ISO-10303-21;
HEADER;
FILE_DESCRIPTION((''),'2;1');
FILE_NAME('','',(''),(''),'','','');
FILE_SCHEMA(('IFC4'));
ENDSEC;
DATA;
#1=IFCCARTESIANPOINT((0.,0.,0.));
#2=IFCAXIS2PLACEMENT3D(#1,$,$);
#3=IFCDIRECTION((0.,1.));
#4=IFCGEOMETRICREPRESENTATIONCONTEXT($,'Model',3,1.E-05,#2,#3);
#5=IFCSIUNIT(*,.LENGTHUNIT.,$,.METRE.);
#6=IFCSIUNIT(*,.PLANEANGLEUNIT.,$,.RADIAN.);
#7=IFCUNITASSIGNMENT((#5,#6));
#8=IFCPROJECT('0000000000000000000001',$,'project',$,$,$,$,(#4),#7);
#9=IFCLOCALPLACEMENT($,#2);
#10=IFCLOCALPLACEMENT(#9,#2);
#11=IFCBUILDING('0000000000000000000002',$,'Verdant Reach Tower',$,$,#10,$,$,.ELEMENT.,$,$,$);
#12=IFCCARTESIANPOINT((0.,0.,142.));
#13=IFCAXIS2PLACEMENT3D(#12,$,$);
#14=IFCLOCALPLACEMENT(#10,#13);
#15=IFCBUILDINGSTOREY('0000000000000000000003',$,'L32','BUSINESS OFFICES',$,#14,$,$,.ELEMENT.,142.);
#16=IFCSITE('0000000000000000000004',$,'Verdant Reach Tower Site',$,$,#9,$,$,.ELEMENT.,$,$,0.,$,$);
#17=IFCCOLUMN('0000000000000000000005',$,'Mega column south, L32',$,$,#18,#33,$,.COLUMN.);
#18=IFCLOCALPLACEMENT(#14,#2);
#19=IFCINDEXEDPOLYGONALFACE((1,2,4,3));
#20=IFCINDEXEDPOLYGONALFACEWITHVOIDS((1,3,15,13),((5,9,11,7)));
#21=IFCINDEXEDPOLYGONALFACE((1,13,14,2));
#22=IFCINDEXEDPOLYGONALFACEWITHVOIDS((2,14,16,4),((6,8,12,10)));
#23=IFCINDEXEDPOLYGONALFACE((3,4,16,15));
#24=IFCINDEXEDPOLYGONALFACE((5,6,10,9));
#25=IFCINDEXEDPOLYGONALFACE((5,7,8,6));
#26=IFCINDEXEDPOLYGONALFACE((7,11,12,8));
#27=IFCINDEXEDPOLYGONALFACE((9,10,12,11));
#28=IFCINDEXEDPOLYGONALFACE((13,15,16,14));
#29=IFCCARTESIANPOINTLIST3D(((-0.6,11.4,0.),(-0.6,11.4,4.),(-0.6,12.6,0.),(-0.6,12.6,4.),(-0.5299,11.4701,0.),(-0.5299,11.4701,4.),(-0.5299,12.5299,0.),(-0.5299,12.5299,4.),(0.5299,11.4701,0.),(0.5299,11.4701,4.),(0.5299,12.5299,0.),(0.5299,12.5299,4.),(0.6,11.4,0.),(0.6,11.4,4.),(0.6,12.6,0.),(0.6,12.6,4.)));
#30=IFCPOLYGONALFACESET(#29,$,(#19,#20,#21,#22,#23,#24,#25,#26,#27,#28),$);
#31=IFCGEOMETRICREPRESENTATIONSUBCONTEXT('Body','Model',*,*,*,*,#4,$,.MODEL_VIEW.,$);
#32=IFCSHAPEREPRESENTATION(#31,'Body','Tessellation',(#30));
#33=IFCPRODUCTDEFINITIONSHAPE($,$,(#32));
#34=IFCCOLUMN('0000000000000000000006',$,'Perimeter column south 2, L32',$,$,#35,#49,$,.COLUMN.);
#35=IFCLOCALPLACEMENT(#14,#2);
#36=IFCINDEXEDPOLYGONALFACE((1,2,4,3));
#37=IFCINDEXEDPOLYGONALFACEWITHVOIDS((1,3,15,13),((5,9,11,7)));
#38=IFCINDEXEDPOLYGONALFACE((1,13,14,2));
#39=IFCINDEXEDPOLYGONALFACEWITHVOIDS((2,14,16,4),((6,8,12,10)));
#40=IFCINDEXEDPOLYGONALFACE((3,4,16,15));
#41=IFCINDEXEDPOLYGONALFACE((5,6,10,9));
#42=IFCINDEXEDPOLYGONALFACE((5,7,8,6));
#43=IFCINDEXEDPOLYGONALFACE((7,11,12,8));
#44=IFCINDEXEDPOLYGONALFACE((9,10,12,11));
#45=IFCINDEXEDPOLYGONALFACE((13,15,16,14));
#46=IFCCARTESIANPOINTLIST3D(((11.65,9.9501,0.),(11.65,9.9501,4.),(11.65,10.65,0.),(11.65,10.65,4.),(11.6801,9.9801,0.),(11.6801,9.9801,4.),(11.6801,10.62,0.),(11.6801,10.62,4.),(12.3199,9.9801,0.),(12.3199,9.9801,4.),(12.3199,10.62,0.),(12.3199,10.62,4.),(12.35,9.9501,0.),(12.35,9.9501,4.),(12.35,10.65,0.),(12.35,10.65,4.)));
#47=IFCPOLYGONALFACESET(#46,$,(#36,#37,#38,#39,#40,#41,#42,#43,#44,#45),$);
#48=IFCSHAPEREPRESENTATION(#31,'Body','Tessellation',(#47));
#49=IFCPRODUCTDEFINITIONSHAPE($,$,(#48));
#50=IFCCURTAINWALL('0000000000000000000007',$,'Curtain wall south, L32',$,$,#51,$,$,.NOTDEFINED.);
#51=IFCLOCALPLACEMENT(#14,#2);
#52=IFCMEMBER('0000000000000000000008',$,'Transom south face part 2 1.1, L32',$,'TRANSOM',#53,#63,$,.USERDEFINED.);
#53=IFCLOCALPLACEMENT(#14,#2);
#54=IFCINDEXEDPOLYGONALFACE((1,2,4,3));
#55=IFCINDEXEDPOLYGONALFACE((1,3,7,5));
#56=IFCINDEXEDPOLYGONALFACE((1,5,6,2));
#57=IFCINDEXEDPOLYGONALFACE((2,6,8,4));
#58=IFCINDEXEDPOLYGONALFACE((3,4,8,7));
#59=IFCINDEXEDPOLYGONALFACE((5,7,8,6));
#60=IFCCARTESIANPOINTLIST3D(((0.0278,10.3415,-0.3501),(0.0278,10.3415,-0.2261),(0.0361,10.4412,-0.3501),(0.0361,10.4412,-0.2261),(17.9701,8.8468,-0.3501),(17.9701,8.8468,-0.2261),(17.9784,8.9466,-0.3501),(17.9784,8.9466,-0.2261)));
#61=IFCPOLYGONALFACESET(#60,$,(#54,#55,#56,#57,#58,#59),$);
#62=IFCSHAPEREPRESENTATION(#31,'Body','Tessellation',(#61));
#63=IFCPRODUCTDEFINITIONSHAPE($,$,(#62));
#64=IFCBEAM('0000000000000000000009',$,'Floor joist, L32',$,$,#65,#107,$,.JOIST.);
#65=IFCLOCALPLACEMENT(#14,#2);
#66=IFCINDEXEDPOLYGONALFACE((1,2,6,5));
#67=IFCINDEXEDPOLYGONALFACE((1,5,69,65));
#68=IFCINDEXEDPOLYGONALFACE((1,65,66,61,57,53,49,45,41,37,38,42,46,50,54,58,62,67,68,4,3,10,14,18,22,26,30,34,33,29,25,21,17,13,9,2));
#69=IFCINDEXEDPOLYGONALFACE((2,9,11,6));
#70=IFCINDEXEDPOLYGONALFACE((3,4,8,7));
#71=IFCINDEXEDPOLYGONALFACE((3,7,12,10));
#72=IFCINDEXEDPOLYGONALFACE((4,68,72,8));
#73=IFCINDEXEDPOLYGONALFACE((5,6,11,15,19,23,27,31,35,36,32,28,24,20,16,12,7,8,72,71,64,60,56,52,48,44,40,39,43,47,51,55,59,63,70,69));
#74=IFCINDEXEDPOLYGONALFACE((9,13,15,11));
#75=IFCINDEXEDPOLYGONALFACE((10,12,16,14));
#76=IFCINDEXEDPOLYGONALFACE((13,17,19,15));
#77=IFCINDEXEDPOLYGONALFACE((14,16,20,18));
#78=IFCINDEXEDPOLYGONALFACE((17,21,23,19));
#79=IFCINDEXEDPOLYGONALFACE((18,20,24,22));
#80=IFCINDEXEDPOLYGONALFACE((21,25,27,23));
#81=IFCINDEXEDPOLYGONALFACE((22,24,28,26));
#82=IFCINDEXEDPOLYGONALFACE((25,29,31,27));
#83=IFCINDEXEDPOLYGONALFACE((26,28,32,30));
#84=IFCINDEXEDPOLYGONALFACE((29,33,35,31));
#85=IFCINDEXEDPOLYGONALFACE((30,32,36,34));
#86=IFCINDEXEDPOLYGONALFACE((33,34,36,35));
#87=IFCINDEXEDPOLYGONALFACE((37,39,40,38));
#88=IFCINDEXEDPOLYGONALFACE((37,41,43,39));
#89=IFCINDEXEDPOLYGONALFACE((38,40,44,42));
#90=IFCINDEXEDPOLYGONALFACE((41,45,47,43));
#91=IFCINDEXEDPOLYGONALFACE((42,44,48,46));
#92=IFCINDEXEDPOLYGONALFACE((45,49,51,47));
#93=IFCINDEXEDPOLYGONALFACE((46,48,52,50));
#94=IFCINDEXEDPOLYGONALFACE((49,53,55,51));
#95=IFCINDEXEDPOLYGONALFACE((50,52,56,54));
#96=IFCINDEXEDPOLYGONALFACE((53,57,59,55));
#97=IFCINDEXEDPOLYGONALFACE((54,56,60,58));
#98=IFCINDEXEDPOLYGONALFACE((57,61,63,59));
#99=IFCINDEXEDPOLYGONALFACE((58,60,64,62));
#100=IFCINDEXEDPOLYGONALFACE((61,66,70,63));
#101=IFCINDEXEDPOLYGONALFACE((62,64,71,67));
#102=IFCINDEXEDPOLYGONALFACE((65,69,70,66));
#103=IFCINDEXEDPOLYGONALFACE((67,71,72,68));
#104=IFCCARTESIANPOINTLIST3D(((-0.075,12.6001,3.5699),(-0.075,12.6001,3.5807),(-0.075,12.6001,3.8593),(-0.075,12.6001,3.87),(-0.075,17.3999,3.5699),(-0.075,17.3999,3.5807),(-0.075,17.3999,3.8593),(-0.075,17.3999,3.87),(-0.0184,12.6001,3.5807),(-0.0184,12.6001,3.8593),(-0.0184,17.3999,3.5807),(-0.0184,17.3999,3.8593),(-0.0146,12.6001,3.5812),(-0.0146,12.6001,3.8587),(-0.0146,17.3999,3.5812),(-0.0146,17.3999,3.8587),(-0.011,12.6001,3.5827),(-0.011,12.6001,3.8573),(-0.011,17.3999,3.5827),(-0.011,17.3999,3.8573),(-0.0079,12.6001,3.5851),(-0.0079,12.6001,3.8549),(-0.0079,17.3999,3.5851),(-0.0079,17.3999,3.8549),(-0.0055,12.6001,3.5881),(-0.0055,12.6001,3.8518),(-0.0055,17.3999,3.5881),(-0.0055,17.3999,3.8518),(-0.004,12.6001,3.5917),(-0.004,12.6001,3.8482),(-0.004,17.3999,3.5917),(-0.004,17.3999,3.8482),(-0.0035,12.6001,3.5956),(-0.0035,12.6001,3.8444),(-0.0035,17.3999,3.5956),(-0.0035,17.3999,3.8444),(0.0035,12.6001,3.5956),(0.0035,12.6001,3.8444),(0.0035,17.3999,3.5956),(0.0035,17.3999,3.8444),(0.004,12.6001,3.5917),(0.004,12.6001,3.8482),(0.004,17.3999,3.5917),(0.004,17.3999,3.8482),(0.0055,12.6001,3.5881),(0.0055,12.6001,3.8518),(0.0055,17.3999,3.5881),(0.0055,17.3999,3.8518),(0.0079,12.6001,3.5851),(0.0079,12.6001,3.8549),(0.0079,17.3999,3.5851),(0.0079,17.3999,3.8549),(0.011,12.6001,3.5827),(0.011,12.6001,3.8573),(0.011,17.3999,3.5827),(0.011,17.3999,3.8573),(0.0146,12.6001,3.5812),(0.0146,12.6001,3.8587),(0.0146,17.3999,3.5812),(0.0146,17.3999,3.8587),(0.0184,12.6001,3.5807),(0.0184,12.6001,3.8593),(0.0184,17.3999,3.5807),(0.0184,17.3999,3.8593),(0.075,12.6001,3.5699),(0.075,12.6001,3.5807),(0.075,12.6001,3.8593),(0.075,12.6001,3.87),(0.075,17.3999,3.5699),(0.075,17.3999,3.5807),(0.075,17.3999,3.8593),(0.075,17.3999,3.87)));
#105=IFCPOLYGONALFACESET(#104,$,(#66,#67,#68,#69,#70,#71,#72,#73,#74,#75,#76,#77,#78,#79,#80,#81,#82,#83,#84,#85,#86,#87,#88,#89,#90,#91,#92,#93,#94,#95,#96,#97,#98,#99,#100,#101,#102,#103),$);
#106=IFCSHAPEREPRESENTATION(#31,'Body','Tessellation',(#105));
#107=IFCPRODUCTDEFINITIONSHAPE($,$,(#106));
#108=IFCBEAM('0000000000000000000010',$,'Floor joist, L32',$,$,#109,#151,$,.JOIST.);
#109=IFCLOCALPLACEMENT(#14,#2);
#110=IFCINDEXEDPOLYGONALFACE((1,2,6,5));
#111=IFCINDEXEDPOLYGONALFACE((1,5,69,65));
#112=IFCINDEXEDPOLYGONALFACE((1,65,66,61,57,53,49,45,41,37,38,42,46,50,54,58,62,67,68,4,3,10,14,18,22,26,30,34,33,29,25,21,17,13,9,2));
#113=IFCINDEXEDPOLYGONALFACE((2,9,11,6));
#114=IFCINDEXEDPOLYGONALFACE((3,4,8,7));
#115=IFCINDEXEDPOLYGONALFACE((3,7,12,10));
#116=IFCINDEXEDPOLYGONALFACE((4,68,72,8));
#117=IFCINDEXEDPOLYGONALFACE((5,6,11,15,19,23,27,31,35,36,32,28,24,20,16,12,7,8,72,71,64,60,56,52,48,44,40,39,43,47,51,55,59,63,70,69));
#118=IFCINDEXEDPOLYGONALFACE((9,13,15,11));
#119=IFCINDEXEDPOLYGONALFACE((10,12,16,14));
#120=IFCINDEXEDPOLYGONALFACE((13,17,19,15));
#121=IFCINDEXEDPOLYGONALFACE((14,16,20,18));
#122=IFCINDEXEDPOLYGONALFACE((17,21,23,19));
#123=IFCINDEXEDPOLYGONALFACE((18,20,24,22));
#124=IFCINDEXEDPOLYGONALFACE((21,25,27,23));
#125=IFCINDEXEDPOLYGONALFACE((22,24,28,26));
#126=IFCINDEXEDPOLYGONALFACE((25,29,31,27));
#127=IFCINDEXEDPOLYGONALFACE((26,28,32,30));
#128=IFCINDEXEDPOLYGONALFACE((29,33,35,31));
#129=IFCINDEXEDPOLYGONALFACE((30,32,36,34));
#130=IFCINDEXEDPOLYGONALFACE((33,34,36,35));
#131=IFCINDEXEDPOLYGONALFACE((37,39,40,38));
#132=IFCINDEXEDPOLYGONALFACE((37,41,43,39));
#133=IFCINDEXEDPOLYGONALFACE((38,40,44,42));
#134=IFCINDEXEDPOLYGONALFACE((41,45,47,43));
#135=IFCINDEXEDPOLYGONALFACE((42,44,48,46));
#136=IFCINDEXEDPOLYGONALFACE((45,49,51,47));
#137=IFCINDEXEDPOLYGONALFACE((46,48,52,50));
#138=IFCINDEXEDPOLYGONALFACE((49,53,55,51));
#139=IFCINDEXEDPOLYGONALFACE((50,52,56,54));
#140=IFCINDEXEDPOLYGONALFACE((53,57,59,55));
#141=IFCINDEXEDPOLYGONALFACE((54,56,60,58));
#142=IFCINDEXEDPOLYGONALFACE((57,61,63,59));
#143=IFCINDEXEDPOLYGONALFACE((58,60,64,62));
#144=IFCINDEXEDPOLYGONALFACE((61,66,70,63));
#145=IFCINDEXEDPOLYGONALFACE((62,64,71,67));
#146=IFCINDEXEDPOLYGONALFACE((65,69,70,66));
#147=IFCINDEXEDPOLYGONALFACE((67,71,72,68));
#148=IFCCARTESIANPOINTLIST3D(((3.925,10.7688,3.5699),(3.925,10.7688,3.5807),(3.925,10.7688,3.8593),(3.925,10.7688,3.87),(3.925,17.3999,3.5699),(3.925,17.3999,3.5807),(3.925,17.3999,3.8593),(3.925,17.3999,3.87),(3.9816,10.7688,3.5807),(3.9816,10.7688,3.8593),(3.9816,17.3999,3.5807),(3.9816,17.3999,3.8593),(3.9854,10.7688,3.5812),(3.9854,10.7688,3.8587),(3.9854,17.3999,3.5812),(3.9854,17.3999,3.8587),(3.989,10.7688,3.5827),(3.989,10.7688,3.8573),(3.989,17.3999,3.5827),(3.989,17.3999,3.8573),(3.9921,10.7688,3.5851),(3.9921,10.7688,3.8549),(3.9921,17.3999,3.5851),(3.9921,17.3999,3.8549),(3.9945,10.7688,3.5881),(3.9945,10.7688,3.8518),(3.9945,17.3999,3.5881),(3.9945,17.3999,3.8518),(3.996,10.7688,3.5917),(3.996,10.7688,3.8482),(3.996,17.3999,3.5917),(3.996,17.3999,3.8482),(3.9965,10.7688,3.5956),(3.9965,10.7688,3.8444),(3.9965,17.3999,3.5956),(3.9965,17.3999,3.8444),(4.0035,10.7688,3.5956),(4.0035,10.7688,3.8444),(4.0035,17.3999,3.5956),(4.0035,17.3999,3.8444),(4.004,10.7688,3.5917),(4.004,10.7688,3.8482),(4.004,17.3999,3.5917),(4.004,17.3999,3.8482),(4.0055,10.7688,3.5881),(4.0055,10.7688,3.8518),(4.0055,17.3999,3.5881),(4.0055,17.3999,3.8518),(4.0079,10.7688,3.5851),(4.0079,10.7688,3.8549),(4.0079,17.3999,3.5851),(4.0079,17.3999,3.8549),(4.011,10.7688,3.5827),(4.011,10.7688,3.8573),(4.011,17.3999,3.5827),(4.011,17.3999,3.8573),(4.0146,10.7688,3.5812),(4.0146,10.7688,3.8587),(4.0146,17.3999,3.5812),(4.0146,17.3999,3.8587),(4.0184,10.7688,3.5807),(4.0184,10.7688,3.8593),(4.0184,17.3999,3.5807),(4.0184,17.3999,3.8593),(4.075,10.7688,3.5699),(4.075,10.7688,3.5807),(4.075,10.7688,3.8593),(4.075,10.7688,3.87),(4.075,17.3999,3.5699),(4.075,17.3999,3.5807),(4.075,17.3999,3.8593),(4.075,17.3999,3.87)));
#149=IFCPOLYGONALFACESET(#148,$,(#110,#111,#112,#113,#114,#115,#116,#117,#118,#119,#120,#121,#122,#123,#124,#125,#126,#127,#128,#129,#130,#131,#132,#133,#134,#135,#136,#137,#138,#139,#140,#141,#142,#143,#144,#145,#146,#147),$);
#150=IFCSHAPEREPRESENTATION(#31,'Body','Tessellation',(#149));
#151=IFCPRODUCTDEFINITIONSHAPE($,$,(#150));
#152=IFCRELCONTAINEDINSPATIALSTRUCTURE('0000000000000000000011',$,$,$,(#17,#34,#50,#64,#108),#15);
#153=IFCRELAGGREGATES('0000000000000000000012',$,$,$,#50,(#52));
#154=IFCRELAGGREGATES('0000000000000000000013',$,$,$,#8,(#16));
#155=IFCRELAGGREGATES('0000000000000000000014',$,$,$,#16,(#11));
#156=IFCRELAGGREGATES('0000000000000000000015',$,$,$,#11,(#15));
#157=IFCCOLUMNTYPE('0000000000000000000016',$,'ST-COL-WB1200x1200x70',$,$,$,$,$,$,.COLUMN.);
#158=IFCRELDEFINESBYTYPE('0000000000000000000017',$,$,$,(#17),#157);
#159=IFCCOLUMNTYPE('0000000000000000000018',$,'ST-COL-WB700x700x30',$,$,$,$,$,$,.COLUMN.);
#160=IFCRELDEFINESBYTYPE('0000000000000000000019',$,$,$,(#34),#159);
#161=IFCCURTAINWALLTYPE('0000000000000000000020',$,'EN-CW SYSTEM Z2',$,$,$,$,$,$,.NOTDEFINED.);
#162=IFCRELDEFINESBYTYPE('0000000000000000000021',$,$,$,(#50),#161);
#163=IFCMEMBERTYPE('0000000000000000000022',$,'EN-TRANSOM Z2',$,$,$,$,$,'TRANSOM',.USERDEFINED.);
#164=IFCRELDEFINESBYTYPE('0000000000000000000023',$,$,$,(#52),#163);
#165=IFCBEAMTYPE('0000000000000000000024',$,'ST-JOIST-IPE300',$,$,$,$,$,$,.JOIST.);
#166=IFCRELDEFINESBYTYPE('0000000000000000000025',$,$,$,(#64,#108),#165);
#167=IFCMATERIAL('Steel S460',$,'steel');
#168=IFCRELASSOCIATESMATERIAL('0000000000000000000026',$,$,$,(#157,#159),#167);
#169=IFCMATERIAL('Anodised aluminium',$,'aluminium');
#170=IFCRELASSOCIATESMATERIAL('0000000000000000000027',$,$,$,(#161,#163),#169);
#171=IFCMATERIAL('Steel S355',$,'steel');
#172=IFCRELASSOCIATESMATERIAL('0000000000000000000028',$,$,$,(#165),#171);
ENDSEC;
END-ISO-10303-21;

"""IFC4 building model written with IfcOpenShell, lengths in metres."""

from ifc_helpers import new_model, si_unit, direction, frame, origin, origin_2d, place, context, subcontext, project, spatial, rectangle, hollow_rectangle, i_section, extrude, material, material_profile, profile_set, type_object, element, aggregate, save


model = new_model("IFC4")

# Units and contexts
model_context = context("Model", 3, precision=1e-05, world=origin(), true_north=direction((0.0, 1.0)))
body_context = subcontext(model_context, "Body", "Model", "MODEL_VIEW")
ifc_project = project(units=[si_unit("LENGTHUNIT", "METRE"), si_unit("PLANEANGLEUNIT", "RADIAN")], contexts=[model_context])

# Site, building, storey
site_placement = place(None, origin())
site = spatial("IfcSite", under=ifc_project, at=site_placement, Name="Verdant Reach Tower Site", CompositionType="ELEMENT", RefElevation=0.0)
building_placement = place(site_placement, origin())
building = spatial("IfcBuilding", under=site, at=building_placement, Name="Verdant Reach Tower", CompositionType="ELEMENT")
storey_placement = place(building_placement, frame((0.0, 0.0, 142.0)))
storey = spatial("IfcBuildingStorey", under=building, at=storey_placement, Name="L32", Description="BUSINESS OFFICES", CompositionType="ELEMENT", Elevation=142.0)

# Columns
ifc_material_1 = material(Name="Steel S460", Category="steel")
ifc_material_profile_1 = material_profile(ifc_material_1, hollow_rectangle(XDim=1.2, YDim=1.2, WallThickness=0.0701, at=origin_2d()), Name="WB 1200x1200x70")
ifc_profile_set_1 = profile_set([ifc_material_profile_1], Name="Steel S460")
column_type_1 = type_object("IfcColumnType", Name="ST-COL-WB1200x1200x70", PredefinedType="COLUMN", material=ifc_profile_set_1)
column_1_placement = place(storey_placement, frame((0.0, 12.0, 0.0), z_axis=(0.0, 0.0, 1.0), x_axis=(1.0, 0.0, 0.0)))
element("IfcColumn", 1, at=column_1_placement, inside=storey, type_object=column_type_1, Name="Mega column south, L32", PredefinedType="COLUMN", context=body_context, shape_type="SweptSolid", body=[
    extrude(hollow_rectangle(XDim=1.2, YDim=1.2, WallThickness=0.0701, at=origin_2d()), origin(), (0.0, 0.0, 1.0), 4.0),
])
ifc_material_profile_2 = material_profile(ifc_material_1, hollow_rectangle(XDim=0.7, YDim=0.7, WallThickness=0.03, at=origin_2d()), Name="WB 700x700x30")
ifc_profile_set_2 = profile_set([ifc_material_profile_2], Name="Steel S460")
column_type_2 = type_object("IfcColumnType", Name="ST-COL-WB700x700x30", PredefinedType="COLUMN", material=ifc_profile_set_2)
column_2_placement = place(storey_placement, frame((12.0, 10.3, 0.0), z_axis=(0.0, 0.0, 1.0), x_axis=(1.0, 0.0, 0.0)))
element("IfcColumn", 2, at=column_2_placement, inside=storey, type_object=column_type_2, Name="Perimeter column south 2, L32", PredefinedType="COLUMN", context=body_context, shape_type="SweptSolid", body=[
    extrude(hollow_rectangle(XDim=0.7, YDim=0.7, WallThickness=0.03, at=origin_2d()), origin(), (0.0, 0.0, 1.0), 4.0),
])

# Curtain wall, member
ifc_material_2 = material(Name="Anodised aluminium", Category="aluminium")
curtain_wall_type = type_object("IfcCurtainWallType", Name="EN-CW SYSTEM Z2", PredefinedType="NOTDEFINED", material=ifc_material_2)
curtain_wall_placement = place(storey_placement, origin())
curtain_wall = element("IfcCurtainWall", 3, at=curtain_wall_placement, inside=storey, type_object=curtain_wall_type, Name="Curtain wall south, L32", PredefinedType="NOTDEFINED")
ifc_material_profile_3 = material_profile(ifc_material_2, rectangle(XDim=0.1001, YDim=0.124, at=origin_2d()), Name="Transom 124x100")
ifc_profile_set_3 = profile_set([ifc_material_profile_3], Name="Anodised aluminium")
member_type = type_object("IfcMemberType", Name="EN-TRANSOM Z2", ElementType="TRANSOM", PredefinedType="USERDEFINED", material=ifc_profile_set_3)
member_placement = place(storey_placement, frame((0.032, 10.3914, -0.2881), z_axis=(0.996548, -0.083015, 0.0), x_axis=(0.083015, 0.996548, 0.0)))
member = element("IfcMember", 4, at=member_placement, type_object=member_type, Name="Transom south face part 2 1.1, L32", ObjectType="TRANSOM", PredefinedType="USERDEFINED", context=body_context, shape_type="SweptSolid", body=[
    extrude(rectangle(XDim=0.1001, YDim=0.124, at=origin_2d()), origin(), (0.0, 0.0, 1.0), 18.0044),
])

# Beams
ifc_material_3 = material(Name="Steel S355", Category="steel")
ifc_material_profile_4 = material_profile(ifc_material_3, i_section(OverallWidth=0.1499, OverallDepth=0.3, WebThickness=0.0071, FlangeThickness=0.0107, FilletRadius=0.0149, at=origin_2d()), Name="IPE 300")
ifc_profile_set_4 = profile_set([ifc_material_profile_4], Name="Steel S355")
beam_type_1 = type_object("IfcBeamType", Name="ST-JOIST-IPE300", PredefinedType="JOIST", material=ifc_profile_set_4)
beam_1_placement = place(storey_placement, frame((0.0, 17.3999, 3.72), z_axis=(0.0, -1.0, 0.0), x_axis=(1.0, 0.0, 0.0)))
element("IfcBeam", 5, at=beam_1_placement, inside=storey, type_object=beam_type_1, Name="Floor joist, L32", PredefinedType="JOIST", context=body_context, shape_type="SweptSolid", body=[
    extrude(i_section(OverallWidth=0.1499, OverallDepth=0.3, WebThickness=0.0071, FlangeThickness=0.0107, FilletRadius=0.0149, at=origin_2d()), origin(), (0.0, 0.0, 1.0), 4.7998),
])
beam_2_placement = place(storey_placement, frame((4.0, 17.3999, 3.72), z_axis=(0.0, -1.0, 0.0), x_axis=(1.0, 0.0, 0.0)))
element("IfcBeam", 6, at=beam_2_placement, inside=storey, type_object=beam_type_1, Name="Floor joist, L32", PredefinedType="JOIST", context=body_context, shape_type="SweptSolid", body=[
    extrude(i_section(OverallWidth=0.1499, OverallDepth=0.3, WebThickness=0.0071, FlangeThickness=0.0107, FilletRadius=0.0149, at=origin_2d()), origin(), (0.0, 0.0, 1.0), 6.6311),
])

aggregate(curtain_wall, [member])

save(model, "model.ifc")
